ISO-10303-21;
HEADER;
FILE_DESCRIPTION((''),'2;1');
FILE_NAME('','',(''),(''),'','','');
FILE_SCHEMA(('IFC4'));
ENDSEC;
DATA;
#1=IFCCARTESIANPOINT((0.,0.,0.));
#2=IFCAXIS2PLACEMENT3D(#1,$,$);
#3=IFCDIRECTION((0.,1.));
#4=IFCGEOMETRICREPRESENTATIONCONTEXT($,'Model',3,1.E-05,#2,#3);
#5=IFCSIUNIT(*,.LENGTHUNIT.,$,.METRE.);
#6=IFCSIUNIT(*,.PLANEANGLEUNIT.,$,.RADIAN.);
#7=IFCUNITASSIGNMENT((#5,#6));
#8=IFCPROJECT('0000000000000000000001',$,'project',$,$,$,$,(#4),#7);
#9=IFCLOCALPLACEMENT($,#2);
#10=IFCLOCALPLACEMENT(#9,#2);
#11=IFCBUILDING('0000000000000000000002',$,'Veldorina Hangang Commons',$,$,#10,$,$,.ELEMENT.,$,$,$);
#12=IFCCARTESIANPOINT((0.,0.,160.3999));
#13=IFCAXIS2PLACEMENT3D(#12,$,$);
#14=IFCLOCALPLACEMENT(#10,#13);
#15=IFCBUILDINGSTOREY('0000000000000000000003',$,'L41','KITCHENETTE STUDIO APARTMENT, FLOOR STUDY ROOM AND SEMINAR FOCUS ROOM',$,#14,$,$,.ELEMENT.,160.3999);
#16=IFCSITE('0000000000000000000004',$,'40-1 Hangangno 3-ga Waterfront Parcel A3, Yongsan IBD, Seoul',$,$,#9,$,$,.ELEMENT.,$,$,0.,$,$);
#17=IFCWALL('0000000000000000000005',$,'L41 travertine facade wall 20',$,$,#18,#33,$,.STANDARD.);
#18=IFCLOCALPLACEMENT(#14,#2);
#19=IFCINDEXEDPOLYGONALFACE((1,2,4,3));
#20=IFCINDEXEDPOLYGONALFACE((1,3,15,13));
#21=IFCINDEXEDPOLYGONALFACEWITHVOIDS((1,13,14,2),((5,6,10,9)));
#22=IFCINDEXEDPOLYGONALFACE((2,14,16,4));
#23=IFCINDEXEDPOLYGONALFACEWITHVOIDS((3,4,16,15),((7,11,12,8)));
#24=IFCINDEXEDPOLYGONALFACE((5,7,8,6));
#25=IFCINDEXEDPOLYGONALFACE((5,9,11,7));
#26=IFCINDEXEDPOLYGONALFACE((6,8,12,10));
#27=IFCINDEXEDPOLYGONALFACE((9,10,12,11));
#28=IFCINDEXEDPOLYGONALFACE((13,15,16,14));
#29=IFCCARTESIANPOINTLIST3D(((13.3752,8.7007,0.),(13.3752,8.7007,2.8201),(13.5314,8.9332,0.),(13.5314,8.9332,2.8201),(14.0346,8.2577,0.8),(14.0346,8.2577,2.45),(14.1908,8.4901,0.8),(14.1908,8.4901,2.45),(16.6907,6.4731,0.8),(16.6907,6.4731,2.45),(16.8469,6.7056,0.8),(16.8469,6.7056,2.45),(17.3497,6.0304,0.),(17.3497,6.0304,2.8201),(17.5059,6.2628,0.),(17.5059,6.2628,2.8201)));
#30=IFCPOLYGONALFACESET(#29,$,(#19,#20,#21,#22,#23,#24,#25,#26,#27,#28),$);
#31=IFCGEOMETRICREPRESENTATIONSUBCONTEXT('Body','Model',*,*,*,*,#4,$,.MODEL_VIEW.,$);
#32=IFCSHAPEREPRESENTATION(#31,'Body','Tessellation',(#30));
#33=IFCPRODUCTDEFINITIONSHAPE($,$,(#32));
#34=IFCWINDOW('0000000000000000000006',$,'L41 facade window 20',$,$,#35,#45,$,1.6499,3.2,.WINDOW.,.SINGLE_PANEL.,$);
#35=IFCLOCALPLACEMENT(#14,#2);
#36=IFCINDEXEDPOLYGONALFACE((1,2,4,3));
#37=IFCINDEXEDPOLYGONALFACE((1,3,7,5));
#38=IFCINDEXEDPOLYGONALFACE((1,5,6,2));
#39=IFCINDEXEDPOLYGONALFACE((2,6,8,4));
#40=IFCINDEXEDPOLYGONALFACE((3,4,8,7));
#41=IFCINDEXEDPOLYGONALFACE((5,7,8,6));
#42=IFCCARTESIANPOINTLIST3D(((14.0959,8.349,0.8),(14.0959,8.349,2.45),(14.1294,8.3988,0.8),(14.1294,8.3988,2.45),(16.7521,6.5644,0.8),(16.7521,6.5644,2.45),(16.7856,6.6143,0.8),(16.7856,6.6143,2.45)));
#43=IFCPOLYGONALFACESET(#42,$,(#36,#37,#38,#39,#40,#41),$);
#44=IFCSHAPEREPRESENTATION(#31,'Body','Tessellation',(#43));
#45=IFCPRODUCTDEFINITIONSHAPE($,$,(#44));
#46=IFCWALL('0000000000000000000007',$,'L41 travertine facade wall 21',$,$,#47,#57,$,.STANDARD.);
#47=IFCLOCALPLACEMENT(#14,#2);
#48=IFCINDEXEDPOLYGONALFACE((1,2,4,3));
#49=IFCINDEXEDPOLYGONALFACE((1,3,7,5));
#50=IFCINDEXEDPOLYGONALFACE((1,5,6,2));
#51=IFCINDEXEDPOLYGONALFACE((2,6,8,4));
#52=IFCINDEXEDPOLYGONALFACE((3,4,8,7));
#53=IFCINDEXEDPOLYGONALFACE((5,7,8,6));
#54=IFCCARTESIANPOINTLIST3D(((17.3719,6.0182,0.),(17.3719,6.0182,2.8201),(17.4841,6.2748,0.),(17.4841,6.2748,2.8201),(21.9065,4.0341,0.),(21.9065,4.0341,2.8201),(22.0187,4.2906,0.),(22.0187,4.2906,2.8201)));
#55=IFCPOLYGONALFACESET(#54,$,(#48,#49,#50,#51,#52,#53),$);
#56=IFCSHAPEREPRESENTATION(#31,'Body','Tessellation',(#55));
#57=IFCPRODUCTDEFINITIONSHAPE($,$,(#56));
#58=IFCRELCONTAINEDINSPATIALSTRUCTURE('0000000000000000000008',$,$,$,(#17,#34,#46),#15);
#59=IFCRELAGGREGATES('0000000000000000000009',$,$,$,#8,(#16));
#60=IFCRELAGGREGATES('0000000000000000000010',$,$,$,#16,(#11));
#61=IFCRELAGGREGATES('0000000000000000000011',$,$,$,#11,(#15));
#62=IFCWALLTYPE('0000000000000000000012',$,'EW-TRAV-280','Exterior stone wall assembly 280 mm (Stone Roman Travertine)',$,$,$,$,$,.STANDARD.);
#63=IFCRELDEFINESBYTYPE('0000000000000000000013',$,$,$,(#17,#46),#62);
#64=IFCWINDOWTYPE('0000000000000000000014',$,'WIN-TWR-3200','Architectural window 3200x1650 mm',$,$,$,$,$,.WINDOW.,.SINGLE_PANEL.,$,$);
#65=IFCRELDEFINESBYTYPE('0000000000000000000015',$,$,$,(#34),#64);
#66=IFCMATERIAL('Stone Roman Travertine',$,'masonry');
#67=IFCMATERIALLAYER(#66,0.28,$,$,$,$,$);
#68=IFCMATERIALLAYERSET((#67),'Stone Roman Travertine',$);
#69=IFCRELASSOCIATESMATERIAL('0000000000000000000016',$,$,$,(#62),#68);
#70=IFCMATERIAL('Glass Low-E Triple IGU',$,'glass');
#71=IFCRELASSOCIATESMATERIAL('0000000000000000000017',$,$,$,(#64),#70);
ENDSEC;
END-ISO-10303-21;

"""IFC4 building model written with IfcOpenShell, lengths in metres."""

from ifc_helpers import new_model, si_unit, direction, frame, frame_2d, origin, place, context, subcontext, project, spatial, rectangle, extrude, material, layer, layer_set, type_object, element, fill, save


model = new_model("IFC4")

# Units and contexts
model_context = context("Model", 3, precision=1e-05, world=origin(), true_north=direction((0.0, 1.0)))
body_context = subcontext(model_context, "Body", "Model", "MODEL_VIEW")
ifc_project = project(units=[si_unit("LENGTHUNIT", "METRE"), si_unit("PLANEANGLEUNIT", "RADIAN")], contexts=[model_context])

# Site, building, storey
site_placement = place(None, origin())
site = spatial("IfcSite", under=ifc_project, at=site_placement, Name="40-1 Hangangno 3-ga Waterfront Parcel A3, Yongsan IBD, Seoul", CompositionType="ELEMENT", RefElevation=0.0)
building_placement = place(site_placement, origin())
building = spatial("IfcBuilding", under=site, at=building_placement, Name="Veldorina Hangang Commons", CompositionType="ELEMENT")
storey_placement = place(building_placement, frame((0.0, 0.0, 160.3999)))
storey = spatial("IfcBuildingStorey", under=building, at=storey_placement, Name="L41", Description="KITCHENETTE STUDIO APARTMENT, FLOOR STUDY ROOM AND SEMINAR FOCUS ROOM", CompositionType="ELEMENT", Elevation=160.3999)

# Wall, opening, window
ifc_material_1 = material(Name="Stone Roman Travertine", Category="masonry")
ifc_layer_1 = layer(ifc_material_1, 0.28)
ifc_layer_set_1 = layer_set([ifc_layer_1], Name="Stone Roman Travertine")
wall_type = type_object("IfcWallType", Name="EW-TRAV-280", Description="Exterior stone wall assembly 280 mm (Stone Roman Travertine)", PredefinedType="STANDARD", material=ifc_layer_set_1)
wall_1_placement = place(storey_placement, frame((13.4534, 8.8169, 0.0), z_axis=(0.0, 0.0, 1.0), x_axis=(0.830053, -0.557685, 0.0)))
wall_1 = element("IfcWall", 1, at=wall_1_placement, inside=storey, type_object=wall_type, Name="L41 travertine facade wall 20", PredefinedType="STANDARD", context=body_context, shape_type="SweptSolid", body=[
    extrude(rectangle(XDim=4.7883, YDim=0.28, at=frame_2d((2.394, 0.0))), origin(), (0.0, 0.0, 1.0), 2.8201),
])
opening_placement = place(wall_1_placement, frame((0.7942, 0.0, 0.8)))
opening = element("IfcOpeningElement", 2, at=opening_placement, cuts=wall_1, PredefinedType="OPENING", context=body_context, shape_type="SweptSolid", body=[
    extrude(rectangle(XDim=3.2, YDim=1.6499, at=frame_2d((1.6001, 0.825))), frame((0.0, 0.1499, 0.0), z_axis=(0.0, -1.0, 0.0), x_axis=(1.0, 0.0, 0.0)), (0.0, 0.0, 1.0), 0.3),
])
ifc_material_2 = material(Name="Glass Low-E Triple IGU", Category="glass")
window_type = type_object("IfcWindowType", Name="WIN-TWR-3200", Description="Architectural window 3200x1650 mm", PartitioningType="SINGLE_PANEL", PredefinedType="WINDOW", material=ifc_material_2)
window_placement = place(opening_placement, origin())
window = element("IfcWindow", 3, at=window_placement, inside=storey, type_object=window_type, Name="L41 facade window 20", OverallHeight=1.6499, OverallWidth=3.2, PartitioningType="SINGLE_PANEL", PredefinedType="WINDOW", context=body_context, shape_type="SweptSolid", body=[
    extrude(rectangle(XDim=3.2, YDim=1.6499, at=frame_2d((1.6001, 0.825))), frame((0.0, 0.03, 0.0), z_axis=(0.0, -1.0, 0.0), x_axis=(1.0, 0.0, 0.0)), (0.0, 0.0, 1.0), 0.0601),
])
fill(opening, window)

# Wall
wall_2_placement = place(storey_placement, frame((17.428, 6.1465, 0.0), z_axis=(0.0, 0.0, 1.0), x_axis=(0.916141, -0.400855, 0.0)))
element("IfcWall", 4, at=wall_2_placement, inside=storey, type_object=wall_type, Name="L41 travertine facade wall 21", PredefinedType="STANDARD", context=body_context, shape_type="SweptSolid", body=[
    extrude(rectangle(XDim=4.9497, YDim=0.28, at=frame_2d((2.4749, 0.0))), origin(), (0.0, 0.0, 1.0), 2.8201),
])

save(model, "model.ifc")
